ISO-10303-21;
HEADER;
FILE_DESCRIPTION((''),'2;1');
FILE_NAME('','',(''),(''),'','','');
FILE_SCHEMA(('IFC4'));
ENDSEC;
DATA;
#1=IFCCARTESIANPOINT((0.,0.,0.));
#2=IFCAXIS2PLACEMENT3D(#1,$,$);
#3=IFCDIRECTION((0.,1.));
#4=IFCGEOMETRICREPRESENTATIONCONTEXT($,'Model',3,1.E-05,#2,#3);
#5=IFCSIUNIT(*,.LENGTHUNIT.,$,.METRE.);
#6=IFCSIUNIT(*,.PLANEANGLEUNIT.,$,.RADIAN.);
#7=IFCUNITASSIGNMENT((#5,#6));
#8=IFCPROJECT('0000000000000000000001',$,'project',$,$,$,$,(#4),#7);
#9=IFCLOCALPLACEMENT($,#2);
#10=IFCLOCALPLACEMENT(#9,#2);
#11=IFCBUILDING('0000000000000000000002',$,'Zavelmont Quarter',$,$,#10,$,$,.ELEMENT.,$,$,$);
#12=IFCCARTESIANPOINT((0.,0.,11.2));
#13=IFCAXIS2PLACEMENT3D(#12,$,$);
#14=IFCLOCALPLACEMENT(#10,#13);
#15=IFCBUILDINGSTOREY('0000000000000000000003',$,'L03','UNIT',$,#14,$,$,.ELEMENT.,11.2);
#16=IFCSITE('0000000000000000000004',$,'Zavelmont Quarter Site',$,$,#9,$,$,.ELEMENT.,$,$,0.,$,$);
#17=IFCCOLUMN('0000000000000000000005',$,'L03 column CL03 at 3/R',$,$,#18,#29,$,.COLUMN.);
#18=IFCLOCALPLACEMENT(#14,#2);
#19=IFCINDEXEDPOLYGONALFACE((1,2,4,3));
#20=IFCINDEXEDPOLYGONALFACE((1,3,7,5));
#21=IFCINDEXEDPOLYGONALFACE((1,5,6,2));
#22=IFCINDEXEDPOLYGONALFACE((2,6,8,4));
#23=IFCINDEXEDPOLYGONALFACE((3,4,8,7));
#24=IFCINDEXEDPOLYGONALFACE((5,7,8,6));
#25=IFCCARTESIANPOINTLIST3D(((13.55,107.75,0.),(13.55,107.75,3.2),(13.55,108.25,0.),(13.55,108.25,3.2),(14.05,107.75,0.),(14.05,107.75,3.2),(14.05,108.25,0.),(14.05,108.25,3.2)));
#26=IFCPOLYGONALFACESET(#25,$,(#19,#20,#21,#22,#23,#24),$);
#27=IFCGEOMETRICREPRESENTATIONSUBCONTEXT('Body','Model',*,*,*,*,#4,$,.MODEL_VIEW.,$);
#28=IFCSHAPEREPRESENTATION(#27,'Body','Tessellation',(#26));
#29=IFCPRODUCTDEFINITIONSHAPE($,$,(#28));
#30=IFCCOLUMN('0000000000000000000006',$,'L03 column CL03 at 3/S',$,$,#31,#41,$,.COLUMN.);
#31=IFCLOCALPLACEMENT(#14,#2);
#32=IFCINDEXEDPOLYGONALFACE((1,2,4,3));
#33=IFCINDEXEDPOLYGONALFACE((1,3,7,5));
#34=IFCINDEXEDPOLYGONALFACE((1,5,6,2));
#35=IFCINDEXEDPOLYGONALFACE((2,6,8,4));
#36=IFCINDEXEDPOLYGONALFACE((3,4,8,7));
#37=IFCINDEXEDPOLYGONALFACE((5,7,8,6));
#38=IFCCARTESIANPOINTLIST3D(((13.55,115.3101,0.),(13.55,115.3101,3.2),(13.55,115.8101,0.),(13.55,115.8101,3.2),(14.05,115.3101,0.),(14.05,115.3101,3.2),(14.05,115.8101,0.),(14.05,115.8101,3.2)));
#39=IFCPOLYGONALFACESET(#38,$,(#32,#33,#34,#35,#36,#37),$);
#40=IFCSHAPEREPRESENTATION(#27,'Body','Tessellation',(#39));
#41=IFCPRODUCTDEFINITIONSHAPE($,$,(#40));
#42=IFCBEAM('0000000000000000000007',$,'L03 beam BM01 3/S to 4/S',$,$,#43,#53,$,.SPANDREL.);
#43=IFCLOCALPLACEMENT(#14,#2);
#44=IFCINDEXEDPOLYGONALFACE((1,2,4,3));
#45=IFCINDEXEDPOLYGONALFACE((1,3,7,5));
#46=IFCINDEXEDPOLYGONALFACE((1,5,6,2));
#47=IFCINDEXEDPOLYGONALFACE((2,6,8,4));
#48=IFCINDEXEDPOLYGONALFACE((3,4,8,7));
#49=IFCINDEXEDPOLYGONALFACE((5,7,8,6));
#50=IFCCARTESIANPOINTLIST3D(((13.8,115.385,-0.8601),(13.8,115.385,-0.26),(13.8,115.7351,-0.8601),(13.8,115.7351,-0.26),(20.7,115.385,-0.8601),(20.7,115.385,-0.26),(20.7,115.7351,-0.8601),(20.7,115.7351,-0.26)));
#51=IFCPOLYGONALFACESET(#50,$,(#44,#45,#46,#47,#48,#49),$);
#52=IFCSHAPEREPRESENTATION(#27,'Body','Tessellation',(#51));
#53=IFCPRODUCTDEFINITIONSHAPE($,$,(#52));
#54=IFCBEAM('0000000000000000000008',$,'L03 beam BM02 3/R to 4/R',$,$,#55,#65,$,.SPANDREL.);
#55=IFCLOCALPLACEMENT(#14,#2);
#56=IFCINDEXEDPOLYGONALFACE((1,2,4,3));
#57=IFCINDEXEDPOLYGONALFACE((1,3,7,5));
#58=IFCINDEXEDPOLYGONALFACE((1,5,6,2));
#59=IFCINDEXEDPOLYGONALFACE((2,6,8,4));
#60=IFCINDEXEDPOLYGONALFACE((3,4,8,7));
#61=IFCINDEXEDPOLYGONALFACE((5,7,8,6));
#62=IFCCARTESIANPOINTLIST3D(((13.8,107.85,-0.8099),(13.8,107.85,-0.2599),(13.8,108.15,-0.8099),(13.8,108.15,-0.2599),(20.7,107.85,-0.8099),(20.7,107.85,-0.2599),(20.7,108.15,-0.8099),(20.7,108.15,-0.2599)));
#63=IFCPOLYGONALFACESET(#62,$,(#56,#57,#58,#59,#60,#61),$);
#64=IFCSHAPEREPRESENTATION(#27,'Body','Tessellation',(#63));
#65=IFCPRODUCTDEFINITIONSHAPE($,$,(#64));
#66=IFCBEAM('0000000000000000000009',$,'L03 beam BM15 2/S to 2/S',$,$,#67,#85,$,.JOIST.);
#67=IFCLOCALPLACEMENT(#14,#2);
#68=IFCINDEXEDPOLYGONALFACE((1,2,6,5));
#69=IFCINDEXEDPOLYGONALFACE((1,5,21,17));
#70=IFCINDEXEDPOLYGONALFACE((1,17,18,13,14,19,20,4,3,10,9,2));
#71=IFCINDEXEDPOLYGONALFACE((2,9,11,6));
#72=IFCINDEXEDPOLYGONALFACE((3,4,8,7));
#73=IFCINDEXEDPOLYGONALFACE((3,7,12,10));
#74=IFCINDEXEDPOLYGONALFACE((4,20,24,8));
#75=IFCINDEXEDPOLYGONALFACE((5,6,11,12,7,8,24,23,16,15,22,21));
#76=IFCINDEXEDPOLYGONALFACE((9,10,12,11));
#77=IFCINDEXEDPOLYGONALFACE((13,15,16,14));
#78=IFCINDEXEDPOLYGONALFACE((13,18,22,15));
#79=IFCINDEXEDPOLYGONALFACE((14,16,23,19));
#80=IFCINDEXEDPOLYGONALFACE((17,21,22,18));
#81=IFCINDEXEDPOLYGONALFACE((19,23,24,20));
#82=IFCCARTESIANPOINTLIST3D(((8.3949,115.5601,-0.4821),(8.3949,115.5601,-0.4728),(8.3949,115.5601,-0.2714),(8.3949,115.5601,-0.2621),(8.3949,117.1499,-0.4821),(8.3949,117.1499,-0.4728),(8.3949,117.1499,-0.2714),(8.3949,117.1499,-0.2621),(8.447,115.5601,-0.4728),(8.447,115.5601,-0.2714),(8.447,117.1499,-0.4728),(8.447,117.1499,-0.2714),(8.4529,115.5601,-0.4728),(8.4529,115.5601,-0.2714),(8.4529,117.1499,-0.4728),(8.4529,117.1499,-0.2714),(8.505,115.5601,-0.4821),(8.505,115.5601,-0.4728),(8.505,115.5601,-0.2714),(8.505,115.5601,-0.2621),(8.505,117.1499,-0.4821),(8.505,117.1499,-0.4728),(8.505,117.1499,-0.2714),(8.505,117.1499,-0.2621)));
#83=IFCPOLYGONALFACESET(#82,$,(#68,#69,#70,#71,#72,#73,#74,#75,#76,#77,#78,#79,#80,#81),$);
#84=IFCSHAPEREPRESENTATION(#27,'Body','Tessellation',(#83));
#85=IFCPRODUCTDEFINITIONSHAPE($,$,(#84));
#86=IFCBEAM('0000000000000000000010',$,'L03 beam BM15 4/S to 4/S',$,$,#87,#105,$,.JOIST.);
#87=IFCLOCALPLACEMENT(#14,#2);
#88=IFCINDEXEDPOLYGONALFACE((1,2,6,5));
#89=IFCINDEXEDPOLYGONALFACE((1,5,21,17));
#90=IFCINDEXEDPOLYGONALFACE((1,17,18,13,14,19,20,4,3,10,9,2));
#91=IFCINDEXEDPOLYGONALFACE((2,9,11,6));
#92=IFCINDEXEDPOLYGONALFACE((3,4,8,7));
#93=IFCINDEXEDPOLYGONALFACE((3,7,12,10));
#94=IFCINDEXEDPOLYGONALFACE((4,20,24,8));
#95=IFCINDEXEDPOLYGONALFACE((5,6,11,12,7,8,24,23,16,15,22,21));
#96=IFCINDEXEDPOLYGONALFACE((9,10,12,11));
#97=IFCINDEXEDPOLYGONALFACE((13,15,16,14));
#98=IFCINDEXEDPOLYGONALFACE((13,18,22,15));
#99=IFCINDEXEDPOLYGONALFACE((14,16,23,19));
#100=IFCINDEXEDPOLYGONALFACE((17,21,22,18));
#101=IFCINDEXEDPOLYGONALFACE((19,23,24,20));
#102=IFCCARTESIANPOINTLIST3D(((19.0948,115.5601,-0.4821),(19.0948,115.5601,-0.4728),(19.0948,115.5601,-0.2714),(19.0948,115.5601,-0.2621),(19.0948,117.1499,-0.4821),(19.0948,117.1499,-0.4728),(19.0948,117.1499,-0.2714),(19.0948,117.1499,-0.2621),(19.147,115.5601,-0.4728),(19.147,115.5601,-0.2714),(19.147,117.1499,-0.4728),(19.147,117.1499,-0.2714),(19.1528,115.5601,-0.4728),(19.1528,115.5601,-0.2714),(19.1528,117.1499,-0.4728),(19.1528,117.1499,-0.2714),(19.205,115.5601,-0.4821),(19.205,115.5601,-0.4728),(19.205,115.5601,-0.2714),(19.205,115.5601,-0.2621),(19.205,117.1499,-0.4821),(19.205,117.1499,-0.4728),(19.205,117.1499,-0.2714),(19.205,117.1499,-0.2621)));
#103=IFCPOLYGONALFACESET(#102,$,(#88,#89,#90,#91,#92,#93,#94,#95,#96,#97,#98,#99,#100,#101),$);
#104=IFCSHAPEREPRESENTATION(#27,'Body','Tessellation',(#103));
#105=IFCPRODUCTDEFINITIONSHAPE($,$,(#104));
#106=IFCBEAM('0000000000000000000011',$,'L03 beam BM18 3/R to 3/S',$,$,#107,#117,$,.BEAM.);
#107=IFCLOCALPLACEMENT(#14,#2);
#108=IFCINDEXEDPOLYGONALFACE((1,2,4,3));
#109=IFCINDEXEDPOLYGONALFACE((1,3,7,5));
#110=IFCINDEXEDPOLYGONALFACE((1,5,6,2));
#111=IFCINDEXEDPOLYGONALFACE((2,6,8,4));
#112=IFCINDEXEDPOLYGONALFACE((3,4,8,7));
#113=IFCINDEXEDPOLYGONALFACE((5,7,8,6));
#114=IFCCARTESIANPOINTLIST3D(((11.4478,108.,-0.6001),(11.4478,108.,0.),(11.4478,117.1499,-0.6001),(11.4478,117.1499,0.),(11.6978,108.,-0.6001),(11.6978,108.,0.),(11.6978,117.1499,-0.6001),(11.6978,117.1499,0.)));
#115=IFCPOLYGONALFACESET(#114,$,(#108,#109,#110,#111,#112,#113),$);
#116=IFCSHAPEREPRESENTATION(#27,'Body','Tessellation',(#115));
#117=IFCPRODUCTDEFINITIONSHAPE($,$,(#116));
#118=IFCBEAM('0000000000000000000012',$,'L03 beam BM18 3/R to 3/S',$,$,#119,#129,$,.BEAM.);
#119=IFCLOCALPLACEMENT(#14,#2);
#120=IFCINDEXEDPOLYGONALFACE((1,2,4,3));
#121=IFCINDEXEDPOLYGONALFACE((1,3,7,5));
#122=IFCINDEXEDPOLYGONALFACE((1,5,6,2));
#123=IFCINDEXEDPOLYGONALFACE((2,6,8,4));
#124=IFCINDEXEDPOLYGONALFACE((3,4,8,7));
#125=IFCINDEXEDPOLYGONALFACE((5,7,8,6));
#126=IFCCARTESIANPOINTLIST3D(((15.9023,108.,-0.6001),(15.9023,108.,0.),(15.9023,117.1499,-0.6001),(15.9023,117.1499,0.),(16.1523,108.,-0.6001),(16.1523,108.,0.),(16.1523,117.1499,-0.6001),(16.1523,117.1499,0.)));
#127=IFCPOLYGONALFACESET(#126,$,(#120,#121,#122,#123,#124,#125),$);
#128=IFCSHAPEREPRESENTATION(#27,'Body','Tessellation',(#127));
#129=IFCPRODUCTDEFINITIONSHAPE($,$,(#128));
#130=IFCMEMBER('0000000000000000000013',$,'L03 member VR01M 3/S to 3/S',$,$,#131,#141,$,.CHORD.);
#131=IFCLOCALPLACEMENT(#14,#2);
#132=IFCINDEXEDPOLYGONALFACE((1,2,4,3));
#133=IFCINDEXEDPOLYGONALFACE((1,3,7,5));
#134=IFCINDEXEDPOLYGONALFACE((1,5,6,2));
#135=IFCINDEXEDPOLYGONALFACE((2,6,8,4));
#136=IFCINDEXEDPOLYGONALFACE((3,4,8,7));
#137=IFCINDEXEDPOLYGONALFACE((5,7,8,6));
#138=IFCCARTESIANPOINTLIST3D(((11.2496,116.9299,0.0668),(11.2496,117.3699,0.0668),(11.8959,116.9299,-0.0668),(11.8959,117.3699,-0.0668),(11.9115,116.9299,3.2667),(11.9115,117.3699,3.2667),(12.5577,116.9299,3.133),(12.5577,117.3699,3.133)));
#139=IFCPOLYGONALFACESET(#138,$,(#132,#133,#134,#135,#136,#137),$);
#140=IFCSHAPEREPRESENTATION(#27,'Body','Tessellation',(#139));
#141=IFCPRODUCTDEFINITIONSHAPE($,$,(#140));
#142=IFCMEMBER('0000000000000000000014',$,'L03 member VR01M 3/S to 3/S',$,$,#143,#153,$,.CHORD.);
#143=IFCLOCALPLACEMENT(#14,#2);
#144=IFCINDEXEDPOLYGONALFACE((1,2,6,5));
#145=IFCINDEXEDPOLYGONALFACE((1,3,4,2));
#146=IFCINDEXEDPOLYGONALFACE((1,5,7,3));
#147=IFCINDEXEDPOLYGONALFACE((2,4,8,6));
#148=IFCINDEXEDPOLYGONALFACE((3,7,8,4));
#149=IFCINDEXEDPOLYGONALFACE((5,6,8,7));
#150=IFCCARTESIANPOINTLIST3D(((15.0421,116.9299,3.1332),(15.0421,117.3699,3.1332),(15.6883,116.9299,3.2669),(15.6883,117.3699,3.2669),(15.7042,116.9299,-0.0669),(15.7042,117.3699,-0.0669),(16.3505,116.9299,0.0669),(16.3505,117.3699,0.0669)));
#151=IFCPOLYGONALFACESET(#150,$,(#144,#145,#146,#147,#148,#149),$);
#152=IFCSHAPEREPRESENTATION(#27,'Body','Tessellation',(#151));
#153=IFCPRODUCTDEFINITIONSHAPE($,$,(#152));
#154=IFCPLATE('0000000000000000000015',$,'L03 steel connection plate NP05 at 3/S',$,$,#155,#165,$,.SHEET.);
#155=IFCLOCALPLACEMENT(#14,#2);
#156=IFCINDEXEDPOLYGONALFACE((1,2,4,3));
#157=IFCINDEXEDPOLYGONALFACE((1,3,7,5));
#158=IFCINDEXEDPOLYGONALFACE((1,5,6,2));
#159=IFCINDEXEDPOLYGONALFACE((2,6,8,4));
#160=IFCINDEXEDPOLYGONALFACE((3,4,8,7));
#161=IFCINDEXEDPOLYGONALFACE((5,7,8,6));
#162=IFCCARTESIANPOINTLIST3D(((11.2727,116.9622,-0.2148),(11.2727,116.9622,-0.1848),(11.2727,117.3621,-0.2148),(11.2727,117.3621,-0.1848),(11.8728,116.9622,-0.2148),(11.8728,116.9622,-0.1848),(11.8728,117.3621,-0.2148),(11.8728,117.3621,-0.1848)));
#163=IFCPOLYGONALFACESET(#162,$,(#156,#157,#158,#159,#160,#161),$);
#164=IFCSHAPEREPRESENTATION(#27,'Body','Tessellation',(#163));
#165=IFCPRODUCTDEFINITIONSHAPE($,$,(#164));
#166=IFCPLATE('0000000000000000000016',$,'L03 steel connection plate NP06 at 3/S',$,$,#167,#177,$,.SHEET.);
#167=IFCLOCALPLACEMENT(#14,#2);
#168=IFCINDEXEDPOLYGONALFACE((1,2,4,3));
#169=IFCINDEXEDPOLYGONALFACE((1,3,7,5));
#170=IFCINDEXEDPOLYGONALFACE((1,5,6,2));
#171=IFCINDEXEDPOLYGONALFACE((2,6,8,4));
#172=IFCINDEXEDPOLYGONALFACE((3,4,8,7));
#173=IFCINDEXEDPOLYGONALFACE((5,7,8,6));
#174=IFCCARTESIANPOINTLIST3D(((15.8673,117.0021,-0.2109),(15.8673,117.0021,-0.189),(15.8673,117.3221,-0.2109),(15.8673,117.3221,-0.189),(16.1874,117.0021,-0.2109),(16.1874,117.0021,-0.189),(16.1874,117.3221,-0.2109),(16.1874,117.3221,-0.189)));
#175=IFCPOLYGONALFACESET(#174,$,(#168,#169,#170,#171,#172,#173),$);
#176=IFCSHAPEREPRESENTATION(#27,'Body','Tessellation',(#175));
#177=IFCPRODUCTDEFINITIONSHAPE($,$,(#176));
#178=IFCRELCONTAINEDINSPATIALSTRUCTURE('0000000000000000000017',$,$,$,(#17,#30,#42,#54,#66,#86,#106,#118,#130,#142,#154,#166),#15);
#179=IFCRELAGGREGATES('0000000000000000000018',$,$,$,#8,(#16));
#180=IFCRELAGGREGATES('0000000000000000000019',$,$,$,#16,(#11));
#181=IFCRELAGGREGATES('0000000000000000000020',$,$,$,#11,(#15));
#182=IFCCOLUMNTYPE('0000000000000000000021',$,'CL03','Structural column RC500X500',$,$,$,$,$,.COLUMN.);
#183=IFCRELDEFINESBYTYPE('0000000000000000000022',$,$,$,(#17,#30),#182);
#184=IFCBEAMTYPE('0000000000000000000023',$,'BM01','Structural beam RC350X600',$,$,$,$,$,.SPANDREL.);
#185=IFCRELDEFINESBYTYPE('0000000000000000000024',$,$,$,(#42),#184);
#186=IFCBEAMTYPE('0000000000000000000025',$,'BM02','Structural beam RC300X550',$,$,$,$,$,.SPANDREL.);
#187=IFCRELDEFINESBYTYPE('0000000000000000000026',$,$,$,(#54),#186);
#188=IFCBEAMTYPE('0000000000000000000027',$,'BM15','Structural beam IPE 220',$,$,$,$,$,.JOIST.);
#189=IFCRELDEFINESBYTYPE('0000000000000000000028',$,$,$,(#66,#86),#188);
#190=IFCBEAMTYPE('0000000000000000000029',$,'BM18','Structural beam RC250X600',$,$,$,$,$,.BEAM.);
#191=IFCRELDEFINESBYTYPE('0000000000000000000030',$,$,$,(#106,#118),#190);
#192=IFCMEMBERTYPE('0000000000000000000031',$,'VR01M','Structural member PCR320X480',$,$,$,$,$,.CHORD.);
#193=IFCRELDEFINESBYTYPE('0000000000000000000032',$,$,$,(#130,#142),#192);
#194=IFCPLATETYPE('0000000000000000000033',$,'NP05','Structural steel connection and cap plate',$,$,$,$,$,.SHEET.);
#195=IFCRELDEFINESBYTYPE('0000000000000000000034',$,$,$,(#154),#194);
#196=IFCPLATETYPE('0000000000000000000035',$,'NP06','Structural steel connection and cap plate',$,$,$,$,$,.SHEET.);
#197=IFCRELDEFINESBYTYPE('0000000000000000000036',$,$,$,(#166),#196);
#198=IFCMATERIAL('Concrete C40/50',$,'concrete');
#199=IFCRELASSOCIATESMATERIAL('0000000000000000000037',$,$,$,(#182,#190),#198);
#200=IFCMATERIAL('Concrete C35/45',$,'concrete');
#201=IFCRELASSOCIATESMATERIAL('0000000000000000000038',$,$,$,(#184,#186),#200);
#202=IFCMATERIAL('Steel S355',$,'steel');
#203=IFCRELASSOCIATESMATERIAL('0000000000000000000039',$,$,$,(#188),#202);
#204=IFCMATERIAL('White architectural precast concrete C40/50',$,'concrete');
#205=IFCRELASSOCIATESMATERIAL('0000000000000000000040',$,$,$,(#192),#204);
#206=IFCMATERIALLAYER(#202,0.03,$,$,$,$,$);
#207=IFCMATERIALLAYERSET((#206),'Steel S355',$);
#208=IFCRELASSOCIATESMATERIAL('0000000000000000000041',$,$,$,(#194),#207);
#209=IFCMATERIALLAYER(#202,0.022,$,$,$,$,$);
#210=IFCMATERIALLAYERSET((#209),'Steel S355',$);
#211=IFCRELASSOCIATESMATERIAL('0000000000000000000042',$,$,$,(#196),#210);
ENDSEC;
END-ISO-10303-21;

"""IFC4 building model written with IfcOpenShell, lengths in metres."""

from ifc_helpers import new_model, si_unit, direction, frame, origin, origin_2d, place, context, subcontext, project, spatial, rectangle, i_section, extrude, material, layer, layer_set, material_profile, profile_set, type_object, element, save


model = new_model("IFC4")

# Units and contexts
model_context = context("Model", 3, precision=1e-05, world=origin(), true_north=direction((0.0, 1.0)))
body_context = subcontext(model_context, "Body", "Model", "MODEL_VIEW")
ifc_project = project(units=[si_unit("LENGTHUNIT", "METRE"), si_unit("PLANEANGLEUNIT", "RADIAN")], contexts=[model_context])

# Site, building, storey
site_placement = place(None, origin())
site = spatial("IfcSite", under=ifc_project, at=site_placement, Name="Zavelmont Quarter Site", CompositionType="ELEMENT", RefElevation=0.0)
building_placement = place(site_placement, origin())
building = spatial("IfcBuilding", under=site, at=building_placement, Name="Zavelmont Quarter", CompositionType="ELEMENT")
storey_placement = place(building_placement, frame((0.0, 0.0, 11.2)))
storey = spatial("IfcBuildingStorey", under=building, at=storey_placement, Name="L03", Description="UNIT", CompositionType="ELEMENT", Elevation=11.2)

# Columns
ifc_material_1 = material(Name="Concrete C40/50", Category="concrete")
ifc_material_profile_1 = material_profile(ifc_material_1, rectangle(XDim=0.5, YDim=0.5, at=origin_2d()), Name="RC500X500")
ifc_profile_set_1 = profile_set([ifc_material_profile_1], Name="Concrete C40/50")
column_type = type_object("IfcColumnType", Name="CL03", Description="Structural column RC500X500", PredefinedType="COLUMN", material=ifc_profile_set_1)
for number, where, z_axis, x_axis, name in (
    (1, (13.8, 108.0, 0.0), (0.0, 0.0, 1.0), (1.0, 0.0, 0.0), "L03 column CL03 at 3/R"),
    (2, (13.8, 115.5601, 0.0), (0.0, 0.0, 1.0), (1.0, 0.0, 0.0), "L03 column CL03 at 3/S"),
):
    element("IfcColumn", number, at=place(storey_placement, frame(where, z_axis=z_axis, x_axis=x_axis)), inside=storey, type_object=column_type, Name=name, PredefinedType="COLUMN", context=body_context, shape_type="SweptSolid", body=[
        extrude(rectangle(XDim=0.5, YDim=0.5, at=origin_2d()), origin(), (0.0, 0.0, 1.0), 3.2),
    ])

# Beams
ifc_material_2 = material(Name="Concrete C35/45", Category="concrete")
ifc_material_profile_2 = material_profile(ifc_material_2, rectangle(XDim=0.3501, YDim=0.6001, at=origin_2d()), Name="RC350X600")
ifc_profile_set_2 = profile_set([ifc_material_profile_2], Name="Concrete C35/45")
beam_type_1 = type_object("IfcBeamType", Name="BM01", Description="Structural beam RC350X600", PredefinedType="SPANDREL", material=ifc_profile_set_2)
beam_1_placement = place(storey_placement, frame((13.8, 115.5601, -0.5601), z_axis=(1.0, 0.0, 0.0), x_axis=(0.0, 1.0, 0.0)))
element("IfcBeam", 3, at=beam_1_placement, inside=storey, type_object=beam_type_1, Name="L03 beam BM01 3/S to 4/S", PredefinedType="SPANDREL", context=body_context, shape_type="SweptSolid", body=[
    extrude(rectangle(XDim=0.3501, YDim=0.6001, at=origin_2d()), origin(), (0.0, 0.0, 1.0), 6.8999),
])
ifc_material_profile_3 = material_profile(ifc_material_2, rectangle(XDim=0.3, YDim=0.55, at=origin_2d()), Name="RC300X550")
ifc_profile_set_3 = profile_set([ifc_material_profile_3], Name="Concrete C35/45")
beam_type_2 = type_object("IfcBeamType", Name="BM02", Description="Structural beam RC300X550", PredefinedType="SPANDREL", material=ifc_profile_set_3)
beam_2_placement = place(storey_placement, frame((13.8, 108.0, -0.5349), z_axis=(1.0, 0.0, 0.0), x_axis=(0.0, 1.0, 0.0)))
element("IfcBeam", 4, at=beam_2_placement, inside=storey, type_object=beam_type_2, Name="L03 beam BM02 3/R to 4/R", PredefinedType="SPANDREL", context=body_context, shape_type="SweptSolid", body=[
    extrude(rectangle(XDim=0.3, YDim=0.55, at=origin_2d()), origin(), (0.0, 0.0, 1.0), 6.8999),
])
ifc_material_3 = material(Name="Steel S355", Category="steel")
ifc_material_profile_4 = material_profile(ifc_material_3, i_section(OverallWidth=0.1101, OverallDepth=0.22, WebThickness=0.0059, FlangeThickness=0.0093, at=origin_2d()), Name="IPE 220")
ifc_profile_set_4 = profile_set([ifc_material_profile_4], Name="Steel S355")
beam_type_3 = type_object("IfcBeamType", Name="BM15", Description="Structural beam IPE 220", PredefinedType="JOIST", material=ifc_profile_set_4)
for number, where, z_axis, x_axis, name in (
    (5, (8.45, 115.5601, -0.3721), (0.0, 1.0, 0.0), (-1.0, 0.0, 0.0), "L03 beam BM15 2/S to 2/S"),
    (6, (19.1499, 115.5601, -0.3721), (0.0, 1.0, 0.0), (-1.0, 0.0, 0.0), "L03 beam BM15 4/S to 4/S"),
):
    element("IfcBeam", number, at=place(storey_placement, frame(where, z_axis=z_axis, x_axis=x_axis)), inside=storey, type_object=beam_type_3, Name=name, PredefinedType="JOIST", context=body_context, shape_type="SweptSolid", body=[
        extrude(i_section(OverallWidth=0.1101, OverallDepth=0.22, WebThickness=0.0059, FlangeThickness=0.0093, at=origin_2d()), origin(), (0.0, 0.0, 1.0), 1.5898),
    ])
ifc_material_profile_5 = material_profile(ifc_material_1, rectangle(XDim=0.25, YDim=0.6001, at=origin_2d()), Name="RC250X600")
ifc_profile_set_5 = profile_set([ifc_material_profile_5], Name="Concrete C40/50")
beam_type_4 = type_object("IfcBeamType", Name="BM18", Description="Structural beam RC250X600", PredefinedType="BEAM", material=ifc_profile_set_5)
for number, where, z_axis, x_axis, name in (
    (7, (11.5728, 108.0, -0.3), (0.0, 1.0, 0.0), (-1.0, 0.0, 0.0), "L03 beam BM18 3/R to 3/S"),
    (8, (16.0273, 108.0, -0.3), (0.0, 1.0, 0.0), (-1.0, 0.0, 0.0), "L03 beam BM18 3/R to 3/S"),
):
    element("IfcBeam", number, at=place(storey_placement, frame(where, z_axis=z_axis, x_axis=x_axis)), inside=storey, type_object=beam_type_4, Name=name, PredefinedType="BEAM", context=body_context, shape_type="SweptSolid", body=[
        extrude(rectangle(XDim=0.25, YDim=0.6001, at=origin_2d()), origin(), (0.0, 0.0, 1.0), 9.1499),
    ])

# Members
ifc_material_4 = material(Name="White architectural precast concrete C40/50", Category="concrete")
ifc_material_profile_6 = material_profile(ifc_material_4, rectangle(XDim=0.4399, YDim=0.6599, at=origin_2d()), Name="PCR320X480")
ifc_profile_set_6 = profile_set([ifc_material_profile_6], Name="White architectural precast concrete C40/50")
member_type = type_object("IfcMemberType", Name="VR01M", Description="Structural member PCR320X480", PredefinedType="CHORD", material=ifc_profile_set_6)
member_1_placement = place(storey_placement, frame((11.5728, 117.1499, 0.0), z_axis=(0.202549, 0.0, 0.979272), x_axis=(0.0, 1.0, 0.0)))
element("IfcMember", 9, at=member_1_placement, inside=storey, type_object=member_type, Name="L03 member VR01M 3/S to 3/S", PredefinedType="CHORD", context=body_context, shape_type="SweptSolid", body=[
    extrude(rectangle(XDim=0.4399, YDim=0.6599, at=origin_2d()), origin(), (0.0, 0.0, 1.0), 3.2676),
])
member_2_placement = place(storey_placement, frame((16.0273, 117.1499, 0.0), z_axis=(-0.20262, 0.0, 0.979257), x_axis=(0.0, -1.0, 0.0)))
element("IfcMember", 10, at=member_2_placement, inside=storey, type_object=member_type, Name="L03 member VR01M 3/S to 3/S", PredefinedType="CHORD", context=body_context, shape_type="SweptSolid", body=[
    extrude(rectangle(XDim=0.4399, YDim=0.6599, at=origin_2d()), origin(), (0.0, 0.0, 1.0), 3.2678),
])

# Plates
ifc_layer_1 = layer(ifc_material_3, 0.03)
ifc_layer_set_1 = layer_set([ifc_layer_1], Name="Steel S355")
plate_type_1 = type_object("IfcPlateType", Name="NP05", Description="Structural steel connection and cap plate", PredefinedType="SHEET", material=ifc_layer_set_1)
plate_1_placement = place(storey_placement, frame((11.5728, 117.1621, -0.2148), z_axis=(0.0, 0.0, 1.0), x_axis=(1.0, 0.0, 0.0)))
element("IfcPlate", 11, at=plate_1_placement, inside=storey, type_object=plate_type_1, Name="L03 steel connection plate NP05 at 3/S", PredefinedType="SHEET", context=body_context, shape_type="SweptSolid", body=[
    extrude(rectangle(XDim=0.6001, YDim=0.3999, at=origin_2d()), origin(), (0.0, 0.0, 1.0), 0.03),
])
ifc_layer_2 = layer(ifc_material_3, 0.022)
ifc_layer_set_2 = layer_set([ifc_layer_2], Name="Steel S355")
plate_type_2 = type_object("IfcPlateType", Name="NP06", Description="Structural steel connection and cap plate", PredefinedType="SHEET", material=ifc_layer_set_2)
plate_2_placement = place(storey_placement, frame((16.0273, 117.1621, -0.2109), z_axis=(0.0, 0.0, 1.0), x_axis=(1.0, 0.0, 0.0)))
element("IfcPlate", 12, at=plate_2_placement, inside=storey, type_object=plate_type_2, Name="L03 steel connection plate NP06 at 3/S", PredefinedType="SHEET", context=body_context, shape_type="SweptSolid", body=[
    extrude(rectangle(XDim=0.3201, YDim=0.3201, at=origin_2d()), origin(), (0.0, 0.0, 1.0), 0.022),
])

save(model, "model.ifc")
